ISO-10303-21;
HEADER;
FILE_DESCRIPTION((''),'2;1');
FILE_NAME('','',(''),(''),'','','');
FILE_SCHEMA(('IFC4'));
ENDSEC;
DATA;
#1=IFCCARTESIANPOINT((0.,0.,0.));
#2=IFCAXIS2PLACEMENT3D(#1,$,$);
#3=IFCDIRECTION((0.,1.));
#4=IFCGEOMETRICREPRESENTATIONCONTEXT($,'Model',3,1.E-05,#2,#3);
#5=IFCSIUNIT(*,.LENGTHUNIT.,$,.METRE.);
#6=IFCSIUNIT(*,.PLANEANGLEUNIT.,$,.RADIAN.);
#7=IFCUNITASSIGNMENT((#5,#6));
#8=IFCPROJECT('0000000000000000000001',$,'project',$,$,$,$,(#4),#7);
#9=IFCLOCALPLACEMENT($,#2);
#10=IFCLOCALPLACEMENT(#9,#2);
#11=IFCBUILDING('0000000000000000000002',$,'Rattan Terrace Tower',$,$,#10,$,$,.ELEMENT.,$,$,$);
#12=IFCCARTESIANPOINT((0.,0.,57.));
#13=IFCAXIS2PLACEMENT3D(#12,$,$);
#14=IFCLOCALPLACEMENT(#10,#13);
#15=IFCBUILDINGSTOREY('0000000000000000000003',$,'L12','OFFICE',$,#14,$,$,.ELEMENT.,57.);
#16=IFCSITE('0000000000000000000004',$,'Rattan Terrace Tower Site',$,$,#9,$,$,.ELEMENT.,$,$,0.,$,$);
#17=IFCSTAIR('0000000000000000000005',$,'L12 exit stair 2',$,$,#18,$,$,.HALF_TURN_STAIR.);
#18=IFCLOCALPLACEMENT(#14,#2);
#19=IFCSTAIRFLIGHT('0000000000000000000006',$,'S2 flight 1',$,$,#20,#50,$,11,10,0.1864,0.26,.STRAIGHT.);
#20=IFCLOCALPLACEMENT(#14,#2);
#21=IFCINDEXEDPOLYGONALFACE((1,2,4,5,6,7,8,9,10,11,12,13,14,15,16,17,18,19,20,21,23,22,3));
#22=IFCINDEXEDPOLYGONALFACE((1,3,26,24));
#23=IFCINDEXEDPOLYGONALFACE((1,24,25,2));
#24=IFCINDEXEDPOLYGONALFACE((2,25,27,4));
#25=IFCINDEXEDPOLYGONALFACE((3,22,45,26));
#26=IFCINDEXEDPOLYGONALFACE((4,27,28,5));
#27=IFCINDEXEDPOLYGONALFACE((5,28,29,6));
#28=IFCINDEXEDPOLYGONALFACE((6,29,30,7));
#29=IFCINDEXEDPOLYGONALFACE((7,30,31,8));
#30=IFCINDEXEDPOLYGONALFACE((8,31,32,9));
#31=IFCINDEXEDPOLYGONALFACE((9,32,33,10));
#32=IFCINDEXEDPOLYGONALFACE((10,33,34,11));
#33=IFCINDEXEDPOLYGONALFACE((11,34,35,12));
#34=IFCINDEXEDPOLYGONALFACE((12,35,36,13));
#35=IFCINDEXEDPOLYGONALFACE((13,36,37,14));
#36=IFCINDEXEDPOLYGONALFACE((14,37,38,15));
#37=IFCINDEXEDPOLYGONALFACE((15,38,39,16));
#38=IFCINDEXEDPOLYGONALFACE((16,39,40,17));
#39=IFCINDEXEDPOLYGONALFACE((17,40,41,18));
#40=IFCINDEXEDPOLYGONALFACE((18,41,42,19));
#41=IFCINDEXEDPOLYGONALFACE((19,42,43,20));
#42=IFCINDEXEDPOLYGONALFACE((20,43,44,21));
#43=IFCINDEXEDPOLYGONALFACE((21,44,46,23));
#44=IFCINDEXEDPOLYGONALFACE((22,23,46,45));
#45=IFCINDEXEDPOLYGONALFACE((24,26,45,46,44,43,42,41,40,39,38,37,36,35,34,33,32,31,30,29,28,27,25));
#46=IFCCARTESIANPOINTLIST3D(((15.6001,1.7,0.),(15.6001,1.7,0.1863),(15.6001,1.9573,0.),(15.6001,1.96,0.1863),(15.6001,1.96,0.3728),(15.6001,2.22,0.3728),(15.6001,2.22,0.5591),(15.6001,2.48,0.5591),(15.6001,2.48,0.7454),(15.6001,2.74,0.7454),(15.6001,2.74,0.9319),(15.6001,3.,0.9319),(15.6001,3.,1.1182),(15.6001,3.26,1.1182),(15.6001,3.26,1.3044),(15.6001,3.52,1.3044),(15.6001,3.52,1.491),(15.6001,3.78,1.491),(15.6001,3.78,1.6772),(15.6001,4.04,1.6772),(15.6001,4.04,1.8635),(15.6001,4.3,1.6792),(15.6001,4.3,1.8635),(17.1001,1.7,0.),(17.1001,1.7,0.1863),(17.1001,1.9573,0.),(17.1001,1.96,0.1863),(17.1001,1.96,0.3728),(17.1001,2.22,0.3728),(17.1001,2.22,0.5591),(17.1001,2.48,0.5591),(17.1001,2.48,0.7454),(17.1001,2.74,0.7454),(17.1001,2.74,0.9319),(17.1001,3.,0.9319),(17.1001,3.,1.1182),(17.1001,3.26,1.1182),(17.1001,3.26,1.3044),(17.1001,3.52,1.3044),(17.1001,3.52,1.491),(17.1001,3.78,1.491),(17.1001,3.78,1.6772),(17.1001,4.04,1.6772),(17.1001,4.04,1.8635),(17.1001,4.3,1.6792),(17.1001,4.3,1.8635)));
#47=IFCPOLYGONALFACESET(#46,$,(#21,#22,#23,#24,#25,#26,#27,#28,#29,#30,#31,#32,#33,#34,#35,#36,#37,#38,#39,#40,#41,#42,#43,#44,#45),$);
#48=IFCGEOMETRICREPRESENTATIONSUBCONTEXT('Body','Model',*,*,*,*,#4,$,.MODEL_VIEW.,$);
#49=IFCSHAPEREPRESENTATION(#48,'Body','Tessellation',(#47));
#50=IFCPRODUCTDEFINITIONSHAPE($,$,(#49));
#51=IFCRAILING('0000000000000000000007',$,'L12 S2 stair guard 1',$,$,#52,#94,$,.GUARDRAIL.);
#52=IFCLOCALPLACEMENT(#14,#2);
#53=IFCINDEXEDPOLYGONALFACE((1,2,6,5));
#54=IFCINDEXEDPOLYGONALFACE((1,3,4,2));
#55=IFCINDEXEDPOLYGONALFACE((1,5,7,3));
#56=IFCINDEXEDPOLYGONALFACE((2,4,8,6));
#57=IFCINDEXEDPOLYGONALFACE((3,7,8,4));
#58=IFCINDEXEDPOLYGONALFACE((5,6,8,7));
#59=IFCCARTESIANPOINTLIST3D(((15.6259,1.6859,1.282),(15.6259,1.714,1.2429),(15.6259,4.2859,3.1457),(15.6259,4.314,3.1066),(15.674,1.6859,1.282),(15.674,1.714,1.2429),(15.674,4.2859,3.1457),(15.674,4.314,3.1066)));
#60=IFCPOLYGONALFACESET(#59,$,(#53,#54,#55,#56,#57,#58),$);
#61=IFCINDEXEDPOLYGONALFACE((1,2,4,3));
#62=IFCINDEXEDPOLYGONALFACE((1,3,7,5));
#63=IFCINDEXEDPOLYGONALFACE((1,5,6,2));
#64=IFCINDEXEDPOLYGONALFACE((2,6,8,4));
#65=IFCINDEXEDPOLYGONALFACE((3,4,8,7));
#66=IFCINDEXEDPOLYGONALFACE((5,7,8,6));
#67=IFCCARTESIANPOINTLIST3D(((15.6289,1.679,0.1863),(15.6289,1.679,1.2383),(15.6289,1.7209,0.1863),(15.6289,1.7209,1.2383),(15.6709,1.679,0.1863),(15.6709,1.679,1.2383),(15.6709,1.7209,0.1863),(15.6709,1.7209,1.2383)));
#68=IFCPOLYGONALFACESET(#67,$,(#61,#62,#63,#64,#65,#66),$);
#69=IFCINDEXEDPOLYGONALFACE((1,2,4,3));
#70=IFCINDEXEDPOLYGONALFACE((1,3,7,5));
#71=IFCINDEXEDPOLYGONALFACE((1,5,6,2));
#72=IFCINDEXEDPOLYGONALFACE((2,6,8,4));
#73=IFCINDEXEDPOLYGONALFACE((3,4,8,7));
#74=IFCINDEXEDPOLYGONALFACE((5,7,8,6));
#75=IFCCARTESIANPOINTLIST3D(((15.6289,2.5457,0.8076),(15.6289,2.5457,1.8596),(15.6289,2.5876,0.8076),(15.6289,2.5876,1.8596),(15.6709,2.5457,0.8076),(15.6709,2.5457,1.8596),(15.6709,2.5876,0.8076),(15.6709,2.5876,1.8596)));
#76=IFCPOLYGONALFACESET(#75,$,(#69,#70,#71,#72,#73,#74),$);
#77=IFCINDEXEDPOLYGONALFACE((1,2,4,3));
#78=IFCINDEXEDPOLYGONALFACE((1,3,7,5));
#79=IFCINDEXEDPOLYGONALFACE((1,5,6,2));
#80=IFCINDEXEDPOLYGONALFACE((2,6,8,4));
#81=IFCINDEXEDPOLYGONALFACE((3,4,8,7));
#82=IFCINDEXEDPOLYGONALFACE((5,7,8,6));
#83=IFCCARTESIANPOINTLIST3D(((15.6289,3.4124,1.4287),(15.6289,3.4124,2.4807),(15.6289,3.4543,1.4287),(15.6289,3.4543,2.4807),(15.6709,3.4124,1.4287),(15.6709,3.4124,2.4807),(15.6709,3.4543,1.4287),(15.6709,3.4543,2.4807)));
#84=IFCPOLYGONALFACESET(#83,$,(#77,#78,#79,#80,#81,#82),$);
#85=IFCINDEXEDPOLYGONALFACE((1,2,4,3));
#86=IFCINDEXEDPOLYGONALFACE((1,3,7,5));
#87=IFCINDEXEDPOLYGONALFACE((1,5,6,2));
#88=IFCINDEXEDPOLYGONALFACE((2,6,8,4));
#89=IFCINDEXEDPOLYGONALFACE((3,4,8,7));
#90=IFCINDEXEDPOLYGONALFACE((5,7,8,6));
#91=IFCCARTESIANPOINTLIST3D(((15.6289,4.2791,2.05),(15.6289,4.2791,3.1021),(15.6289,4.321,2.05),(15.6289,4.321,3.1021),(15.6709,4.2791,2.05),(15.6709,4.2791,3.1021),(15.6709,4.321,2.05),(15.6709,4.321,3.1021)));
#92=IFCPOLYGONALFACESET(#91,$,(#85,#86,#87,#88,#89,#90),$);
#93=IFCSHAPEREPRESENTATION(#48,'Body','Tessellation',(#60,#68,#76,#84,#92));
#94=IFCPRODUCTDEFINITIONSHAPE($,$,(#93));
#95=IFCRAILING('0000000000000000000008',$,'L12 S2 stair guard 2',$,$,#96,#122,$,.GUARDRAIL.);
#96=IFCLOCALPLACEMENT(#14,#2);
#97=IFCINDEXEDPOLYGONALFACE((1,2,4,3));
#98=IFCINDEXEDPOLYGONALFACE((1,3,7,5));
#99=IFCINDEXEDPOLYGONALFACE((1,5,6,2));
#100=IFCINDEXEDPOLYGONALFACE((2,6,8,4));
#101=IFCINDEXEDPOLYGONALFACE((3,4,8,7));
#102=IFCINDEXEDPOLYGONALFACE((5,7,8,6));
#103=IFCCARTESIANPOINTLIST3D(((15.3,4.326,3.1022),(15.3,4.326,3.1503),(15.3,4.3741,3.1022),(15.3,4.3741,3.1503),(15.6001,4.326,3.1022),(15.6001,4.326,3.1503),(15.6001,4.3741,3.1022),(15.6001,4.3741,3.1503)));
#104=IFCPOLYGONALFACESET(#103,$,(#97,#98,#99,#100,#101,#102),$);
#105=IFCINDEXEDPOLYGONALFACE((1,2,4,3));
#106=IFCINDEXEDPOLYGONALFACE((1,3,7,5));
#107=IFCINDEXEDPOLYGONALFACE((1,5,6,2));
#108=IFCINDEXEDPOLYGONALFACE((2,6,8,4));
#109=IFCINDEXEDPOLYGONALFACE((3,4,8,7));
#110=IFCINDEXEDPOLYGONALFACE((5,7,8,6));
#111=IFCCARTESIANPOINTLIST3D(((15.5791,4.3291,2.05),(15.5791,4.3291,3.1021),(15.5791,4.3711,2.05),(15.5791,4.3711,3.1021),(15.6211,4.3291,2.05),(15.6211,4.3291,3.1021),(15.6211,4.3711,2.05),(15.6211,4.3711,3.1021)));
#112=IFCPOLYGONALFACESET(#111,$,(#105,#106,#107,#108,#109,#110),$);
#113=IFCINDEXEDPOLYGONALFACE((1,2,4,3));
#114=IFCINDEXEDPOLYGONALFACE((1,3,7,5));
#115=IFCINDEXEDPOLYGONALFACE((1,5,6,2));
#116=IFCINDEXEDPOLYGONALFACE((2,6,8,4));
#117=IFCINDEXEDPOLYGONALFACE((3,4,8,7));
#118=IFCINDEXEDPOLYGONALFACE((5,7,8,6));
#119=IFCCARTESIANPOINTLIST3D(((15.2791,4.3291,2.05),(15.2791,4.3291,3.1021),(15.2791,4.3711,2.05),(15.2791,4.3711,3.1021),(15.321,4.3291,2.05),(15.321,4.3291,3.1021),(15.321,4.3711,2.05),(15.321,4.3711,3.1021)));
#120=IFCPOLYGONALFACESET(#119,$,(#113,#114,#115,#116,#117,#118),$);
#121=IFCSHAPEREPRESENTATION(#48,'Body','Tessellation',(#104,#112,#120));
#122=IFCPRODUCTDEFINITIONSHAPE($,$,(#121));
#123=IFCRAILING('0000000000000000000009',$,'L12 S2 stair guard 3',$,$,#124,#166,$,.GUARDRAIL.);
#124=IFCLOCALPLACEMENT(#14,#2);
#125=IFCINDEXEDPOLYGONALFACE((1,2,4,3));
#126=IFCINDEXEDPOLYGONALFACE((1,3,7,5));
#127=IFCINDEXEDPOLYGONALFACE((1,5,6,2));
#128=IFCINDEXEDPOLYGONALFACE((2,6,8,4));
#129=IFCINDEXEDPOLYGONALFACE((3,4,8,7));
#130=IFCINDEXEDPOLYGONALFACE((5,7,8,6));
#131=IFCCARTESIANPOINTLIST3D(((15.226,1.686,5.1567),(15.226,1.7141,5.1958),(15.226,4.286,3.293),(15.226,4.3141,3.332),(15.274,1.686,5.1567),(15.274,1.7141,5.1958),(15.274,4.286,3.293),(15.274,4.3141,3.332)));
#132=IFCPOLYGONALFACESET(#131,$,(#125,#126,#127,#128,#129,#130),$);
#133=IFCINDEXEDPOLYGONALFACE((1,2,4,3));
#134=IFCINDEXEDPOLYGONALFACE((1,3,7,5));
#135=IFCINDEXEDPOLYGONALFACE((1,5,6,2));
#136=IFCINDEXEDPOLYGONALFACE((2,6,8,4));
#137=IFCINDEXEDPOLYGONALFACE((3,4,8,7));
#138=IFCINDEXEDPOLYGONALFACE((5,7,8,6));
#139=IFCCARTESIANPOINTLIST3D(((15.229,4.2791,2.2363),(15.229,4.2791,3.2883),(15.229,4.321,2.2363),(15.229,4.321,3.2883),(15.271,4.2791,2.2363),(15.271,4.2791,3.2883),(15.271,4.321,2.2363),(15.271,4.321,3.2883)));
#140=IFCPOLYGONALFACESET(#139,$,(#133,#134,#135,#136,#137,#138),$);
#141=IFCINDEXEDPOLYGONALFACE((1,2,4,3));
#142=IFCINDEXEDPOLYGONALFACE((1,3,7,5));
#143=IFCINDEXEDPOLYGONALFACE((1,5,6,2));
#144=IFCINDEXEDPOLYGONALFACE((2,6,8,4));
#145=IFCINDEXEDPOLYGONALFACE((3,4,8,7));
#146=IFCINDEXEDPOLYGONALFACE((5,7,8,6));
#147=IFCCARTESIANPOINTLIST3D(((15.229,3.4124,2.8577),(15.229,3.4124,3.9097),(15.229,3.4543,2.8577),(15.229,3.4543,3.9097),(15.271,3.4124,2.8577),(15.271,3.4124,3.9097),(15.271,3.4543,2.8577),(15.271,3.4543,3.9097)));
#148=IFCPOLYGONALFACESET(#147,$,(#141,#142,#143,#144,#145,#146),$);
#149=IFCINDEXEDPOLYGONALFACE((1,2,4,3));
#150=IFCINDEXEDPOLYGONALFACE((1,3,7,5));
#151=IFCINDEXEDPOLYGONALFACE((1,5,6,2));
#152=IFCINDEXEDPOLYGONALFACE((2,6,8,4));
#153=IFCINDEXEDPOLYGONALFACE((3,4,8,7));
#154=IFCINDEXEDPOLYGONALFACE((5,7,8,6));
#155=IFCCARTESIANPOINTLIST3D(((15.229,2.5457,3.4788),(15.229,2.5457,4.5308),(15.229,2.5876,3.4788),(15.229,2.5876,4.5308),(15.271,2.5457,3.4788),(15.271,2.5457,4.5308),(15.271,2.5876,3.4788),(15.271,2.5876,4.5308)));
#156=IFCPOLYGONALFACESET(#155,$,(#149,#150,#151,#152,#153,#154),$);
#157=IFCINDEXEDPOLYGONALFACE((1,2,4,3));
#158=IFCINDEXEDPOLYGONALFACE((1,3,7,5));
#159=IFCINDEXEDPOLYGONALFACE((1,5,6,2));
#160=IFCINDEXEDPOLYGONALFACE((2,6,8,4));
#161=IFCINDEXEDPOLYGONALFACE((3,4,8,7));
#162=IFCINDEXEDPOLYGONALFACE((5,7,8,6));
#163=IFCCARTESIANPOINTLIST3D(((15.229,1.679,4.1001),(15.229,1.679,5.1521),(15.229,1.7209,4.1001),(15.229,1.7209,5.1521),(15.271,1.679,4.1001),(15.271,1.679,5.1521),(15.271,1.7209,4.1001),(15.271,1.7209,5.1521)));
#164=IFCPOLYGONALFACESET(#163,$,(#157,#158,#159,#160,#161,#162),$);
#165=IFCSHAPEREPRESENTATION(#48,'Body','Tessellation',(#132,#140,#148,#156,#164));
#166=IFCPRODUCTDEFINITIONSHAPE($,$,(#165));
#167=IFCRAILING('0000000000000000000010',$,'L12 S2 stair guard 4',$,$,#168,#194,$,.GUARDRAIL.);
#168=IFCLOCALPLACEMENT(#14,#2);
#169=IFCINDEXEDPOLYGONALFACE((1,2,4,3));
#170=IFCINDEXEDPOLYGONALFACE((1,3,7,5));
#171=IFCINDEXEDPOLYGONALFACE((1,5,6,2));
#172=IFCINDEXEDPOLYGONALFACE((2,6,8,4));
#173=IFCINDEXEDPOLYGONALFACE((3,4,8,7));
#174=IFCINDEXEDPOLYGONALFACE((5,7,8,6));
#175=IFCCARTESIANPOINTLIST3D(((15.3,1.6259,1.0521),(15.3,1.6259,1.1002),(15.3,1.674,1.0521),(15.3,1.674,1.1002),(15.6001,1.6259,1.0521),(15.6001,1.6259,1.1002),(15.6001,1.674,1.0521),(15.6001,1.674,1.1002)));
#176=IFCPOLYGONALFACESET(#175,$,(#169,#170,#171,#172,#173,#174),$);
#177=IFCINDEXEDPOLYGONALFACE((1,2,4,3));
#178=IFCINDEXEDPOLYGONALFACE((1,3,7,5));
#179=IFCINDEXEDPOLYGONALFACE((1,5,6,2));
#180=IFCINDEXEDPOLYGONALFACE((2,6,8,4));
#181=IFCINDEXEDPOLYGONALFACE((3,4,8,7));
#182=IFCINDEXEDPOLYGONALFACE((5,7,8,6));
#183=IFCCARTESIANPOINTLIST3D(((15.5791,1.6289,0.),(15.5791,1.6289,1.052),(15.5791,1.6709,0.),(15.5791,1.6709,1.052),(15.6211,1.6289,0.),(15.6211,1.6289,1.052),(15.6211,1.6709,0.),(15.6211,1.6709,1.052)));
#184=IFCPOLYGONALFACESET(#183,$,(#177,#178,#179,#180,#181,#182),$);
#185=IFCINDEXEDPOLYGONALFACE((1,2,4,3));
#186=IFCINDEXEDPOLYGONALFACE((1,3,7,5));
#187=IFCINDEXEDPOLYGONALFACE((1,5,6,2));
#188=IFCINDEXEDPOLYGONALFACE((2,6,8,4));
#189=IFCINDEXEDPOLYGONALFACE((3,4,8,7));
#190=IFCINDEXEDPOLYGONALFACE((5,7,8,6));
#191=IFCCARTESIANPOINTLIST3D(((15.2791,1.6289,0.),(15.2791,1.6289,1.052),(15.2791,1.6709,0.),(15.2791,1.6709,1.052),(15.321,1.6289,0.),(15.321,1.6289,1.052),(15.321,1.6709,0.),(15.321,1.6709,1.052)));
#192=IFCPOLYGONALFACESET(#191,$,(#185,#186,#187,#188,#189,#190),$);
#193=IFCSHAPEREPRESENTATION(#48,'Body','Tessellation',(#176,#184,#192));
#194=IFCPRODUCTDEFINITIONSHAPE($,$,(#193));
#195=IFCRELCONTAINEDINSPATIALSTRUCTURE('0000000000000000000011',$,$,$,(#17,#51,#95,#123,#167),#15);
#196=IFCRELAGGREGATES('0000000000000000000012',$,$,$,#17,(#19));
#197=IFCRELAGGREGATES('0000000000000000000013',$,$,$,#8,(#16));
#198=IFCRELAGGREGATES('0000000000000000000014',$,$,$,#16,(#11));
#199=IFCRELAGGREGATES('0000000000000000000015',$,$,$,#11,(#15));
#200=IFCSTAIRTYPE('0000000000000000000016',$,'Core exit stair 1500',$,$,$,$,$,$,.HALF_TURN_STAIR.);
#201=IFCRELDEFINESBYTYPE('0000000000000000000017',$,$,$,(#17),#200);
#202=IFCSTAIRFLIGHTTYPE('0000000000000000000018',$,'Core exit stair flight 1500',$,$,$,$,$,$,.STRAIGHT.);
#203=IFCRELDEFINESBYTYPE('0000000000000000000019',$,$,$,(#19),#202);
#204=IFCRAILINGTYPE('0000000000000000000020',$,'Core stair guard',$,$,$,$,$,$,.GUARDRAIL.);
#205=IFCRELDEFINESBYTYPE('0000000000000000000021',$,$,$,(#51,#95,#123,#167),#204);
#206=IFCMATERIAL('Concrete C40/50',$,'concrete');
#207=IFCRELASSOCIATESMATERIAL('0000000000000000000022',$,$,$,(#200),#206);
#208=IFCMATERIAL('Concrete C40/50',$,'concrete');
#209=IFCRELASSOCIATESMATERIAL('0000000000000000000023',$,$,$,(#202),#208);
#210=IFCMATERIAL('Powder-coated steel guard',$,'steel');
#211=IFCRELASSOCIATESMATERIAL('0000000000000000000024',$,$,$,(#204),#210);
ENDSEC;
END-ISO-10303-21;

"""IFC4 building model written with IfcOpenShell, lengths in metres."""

from ifc_helpers import new_model, si_unit, direction, frame, origin, origin_2d, place, context, subcontext, project, spatial, polyline, rectangle, outline, extrude, material, type_object, element, aggregate, save


model = new_model("IFC4")

# Units and contexts
model_context = context("Model", 3, precision=1e-05, world=origin(), true_north=direction((0.0, 1.0)))
body_context = subcontext(model_context, "Body", "Model", "MODEL_VIEW")
ifc_project = project(units=[si_unit("LENGTHUNIT", "METRE"), si_unit("PLANEANGLEUNIT", "RADIAN")], contexts=[model_context])

# Site, building, storey
site_placement = place(None, origin())
site = spatial("IfcSite", under=ifc_project, at=site_placement, Name="Rattan Terrace Tower Site", CompositionType="ELEMENT", RefElevation=0.0)
building_placement = place(site_placement, origin())
building = spatial("IfcBuilding", under=site, at=building_placement, Name="Rattan Terrace Tower", CompositionType="ELEMENT")
storey_placement = place(building_placement, frame((0.0, 0.0, 57.0)))
storey = spatial("IfcBuildingStorey", under=building, at=storey_placement, Name="L12", Description="OFFICE", CompositionType="ELEMENT", Elevation=57.0)

# Stair, stair flight
ifc_material_1 = material(Name="Concrete C40/50", Category="concrete")
stair_type = type_object("IfcStairType", Name="Core exit stair 1500", PredefinedType="HALF_TURN_STAIR", material=ifc_material_1)
stair_placement = place(storey_placement, origin())
stair = element("IfcStair", 1, at=stair_placement, inside=storey, type_object=stair_type, Name="L12 exit stair 2", PredefinedType="HALF_TURN_STAIR")
ifc_material_2 = material(Name="Concrete C40/50", Category="concrete")
stair_flight_type = type_object("IfcStairFlightType", Name="Core exit stair flight 1500", PredefinedType="STRAIGHT", material=ifc_material_2)
stair_flight_placement = place(storey_placement, frame((16.3501, 1.7, 0.0), z_axis=(0.0, 0.0, 1.0), x_axis=(0.0, 1.0, 0.0)))
stair_flight = element("IfcStairFlight", 2, at=stair_flight_placement, type_object=stair_flight_type, Name="S2 flight 1", NumberOfRisers=11, NumberOfTreads=10, PredefinedType="STRAIGHT", RiserHeight=0.1864, TreadLength=0.26, context=body_context, shape_type="SweptSolid", body=[
    extrude(outline(polyline([(0.0, 0.0), (0.0, 0.1863), (0.26, 0.1863), (0.26, 0.3728), (0.52, 0.3728), (0.52, 0.5591), (0.78, 0.5591), (0.78, 0.7454), (1.04, 0.7454), (1.04, 0.9319), (1.3, 0.9319), (1.3, 1.1182), (1.5601, 1.1182), (1.5601, 1.3044), (1.8201, 1.3044), (1.8201, 1.491), (2.0801, 1.491), (2.0801, 1.6772), (2.3401, 1.6772), (2.3401, 1.8635), (2.6001, 1.8635), (2.6001, 2.05), (2.6001, 1.6792), (0.2573, 0.0), (0.0, 0.0)])), frame((0.0, 0.75, 0.0), z_axis=(0.0, -1.0, 0.0), x_axis=(1.0, 0.0, 0.0)), (0.0, 0.0, 1.0), 1.5),
])
aggregate(stair, [stair_flight])

# Railings
ifc_material_3 = material(Name="Powder-coated steel guard", Category="steel")
railing_type_1 = type_object("IfcRailingType", Name="Core stair guard", PredefinedType="GUARDRAIL", material=ifc_material_3)
railing_1_placement = place(storey_placement, frame((15.6499, 1.7, 0.1863)))
element("IfcRailing", 3, at=railing_1_placement, inside=storey, type_object=railing_type_1, Name="L12 S2 stair guard 1", PredefinedType="GUARDRAIL", context=body_context, shape_type="SweptSolid", body=[
    extrude(rectangle(XDim=0.0481, YDim=0.0481, at=origin_2d()), frame((0.0, 0.0, 1.0762), z_axis=(0.0, 0.812763, 0.582595), x_axis=(-1.0, 0.0, 0.0)), (0.0, 0.0, 1.0), 3.199),
    extrude(rectangle(XDim=0.042, YDim=0.042, at=origin_2d()), origin(), (0.0, 0.0, 1.0), 1.052),
    extrude(rectangle(XDim=0.042, YDim=0.042, at=origin_2d()), frame((0.0, 0.8667, 0.6213)), (0.0, 0.0, 1.0), 1.052),
    extrude(rectangle(XDim=0.042, YDim=0.042, at=origin_2d()), frame((0.0, 1.7334, 1.2424)), (0.0, 0.0, 1.0), 1.052),
    extrude(rectangle(XDim=0.042, YDim=0.042, at=origin_2d()), frame((0.0, 2.6001, 1.8638)), (0.0, 0.0, 1.0), 1.052),
])
railing_2_placement = place(storey_placement, frame((15.6001, 4.3501, 2.05)))
element("IfcRailing", 4, at=railing_2_placement, inside=storey, type_object=railing_type_1, Name="L12 S2 stair guard 2", PredefinedType="GUARDRAIL", context=body_context, shape_type="SweptSolid", body=[
    extrude(rectangle(XDim=0.0481, YDim=0.0481, at=origin_2d()), frame((0.0, 0.0, 1.0762), z_axis=(-1.0, 0.0, 0.0), x_axis=(0.0, -1.0, 0.0)), (0.0, 0.0, 1.0), 0.3),
    extrude(rectangle(XDim=0.042, YDim=0.042, at=origin_2d()), origin(), (0.0, 0.0, 1.0), 1.052),
    extrude(rectangle(XDim=0.042, YDim=0.042, at=origin_2d()), frame((-0.3, 0.0, 0.0)), (0.0, 0.0, 1.0), 1.052),
])
railing_3_placement = place(storey_placement, frame((15.25, 4.3, 2.2363)))
element("IfcRailing", 5, at=railing_3_placement, inside=storey, type_object=railing_type_1, Name="L12 S2 stair guard 3", PredefinedType="GUARDRAIL", context=body_context, shape_type="SweptSolid", body=[
    extrude(rectangle(XDim=0.0481, YDim=0.0481, at=origin_2d()), frame((0.0, 0.0, 1.0762), z_axis=(0.0, -0.812763, 0.582595), x_axis=(1.0, 0.0, 0.0)), (0.0, 0.0, 1.0), 3.199),
    extrude(rectangle(XDim=0.042, YDim=0.042, at=origin_2d()), origin(), (0.0, 0.0, 1.0), 1.052),
    extrude(rectangle(XDim=0.042, YDim=0.042, at=origin_2d()), frame((0.0, -0.8667, 0.6213)), (0.0, 0.0, 1.0), 1.052),
    extrude(rectangle(XDim=0.042, YDim=0.042, at=origin_2d()), frame((0.0, -1.7334, 1.2424)), (0.0, 0.0, 1.0), 1.052),
    extrude(rectangle(XDim=0.042, YDim=0.042, at=origin_2d()), frame((0.0, -2.6001, 1.8638)), (0.0, 0.0, 1.0), 1.052),
])
railing_4_placement = place(storey_placement, frame((15.6001, 1.6499, 0.0)))
element("IfcRailing", 6, at=railing_4_placement, inside=storey, type_object=railing_type_1, Name="L12 S2 stair guard 4", PredefinedType="GUARDRAIL", context=body_context, shape_type="SweptSolid", body=[
    extrude(rectangle(XDim=0.0481, YDim=0.0481, at=origin_2d()), frame((0.0, 0.0, 1.0762), z_axis=(-1.0, 0.0, 0.0), x_axis=(0.0, -1.0, 0.0)), (0.0, 0.0, 1.0), 0.3),
    extrude(rectangle(XDim=0.042, YDim=0.042, at=origin_2d()), origin(), (0.0, 0.0, 1.0), 1.052),
    extrude(rectangle(XDim=0.042, YDim=0.042, at=origin_2d()), frame((-0.3, 0.0, 0.0)), (0.0, 0.0, 1.0), 1.052),
])

save(model, "model.ifc")
